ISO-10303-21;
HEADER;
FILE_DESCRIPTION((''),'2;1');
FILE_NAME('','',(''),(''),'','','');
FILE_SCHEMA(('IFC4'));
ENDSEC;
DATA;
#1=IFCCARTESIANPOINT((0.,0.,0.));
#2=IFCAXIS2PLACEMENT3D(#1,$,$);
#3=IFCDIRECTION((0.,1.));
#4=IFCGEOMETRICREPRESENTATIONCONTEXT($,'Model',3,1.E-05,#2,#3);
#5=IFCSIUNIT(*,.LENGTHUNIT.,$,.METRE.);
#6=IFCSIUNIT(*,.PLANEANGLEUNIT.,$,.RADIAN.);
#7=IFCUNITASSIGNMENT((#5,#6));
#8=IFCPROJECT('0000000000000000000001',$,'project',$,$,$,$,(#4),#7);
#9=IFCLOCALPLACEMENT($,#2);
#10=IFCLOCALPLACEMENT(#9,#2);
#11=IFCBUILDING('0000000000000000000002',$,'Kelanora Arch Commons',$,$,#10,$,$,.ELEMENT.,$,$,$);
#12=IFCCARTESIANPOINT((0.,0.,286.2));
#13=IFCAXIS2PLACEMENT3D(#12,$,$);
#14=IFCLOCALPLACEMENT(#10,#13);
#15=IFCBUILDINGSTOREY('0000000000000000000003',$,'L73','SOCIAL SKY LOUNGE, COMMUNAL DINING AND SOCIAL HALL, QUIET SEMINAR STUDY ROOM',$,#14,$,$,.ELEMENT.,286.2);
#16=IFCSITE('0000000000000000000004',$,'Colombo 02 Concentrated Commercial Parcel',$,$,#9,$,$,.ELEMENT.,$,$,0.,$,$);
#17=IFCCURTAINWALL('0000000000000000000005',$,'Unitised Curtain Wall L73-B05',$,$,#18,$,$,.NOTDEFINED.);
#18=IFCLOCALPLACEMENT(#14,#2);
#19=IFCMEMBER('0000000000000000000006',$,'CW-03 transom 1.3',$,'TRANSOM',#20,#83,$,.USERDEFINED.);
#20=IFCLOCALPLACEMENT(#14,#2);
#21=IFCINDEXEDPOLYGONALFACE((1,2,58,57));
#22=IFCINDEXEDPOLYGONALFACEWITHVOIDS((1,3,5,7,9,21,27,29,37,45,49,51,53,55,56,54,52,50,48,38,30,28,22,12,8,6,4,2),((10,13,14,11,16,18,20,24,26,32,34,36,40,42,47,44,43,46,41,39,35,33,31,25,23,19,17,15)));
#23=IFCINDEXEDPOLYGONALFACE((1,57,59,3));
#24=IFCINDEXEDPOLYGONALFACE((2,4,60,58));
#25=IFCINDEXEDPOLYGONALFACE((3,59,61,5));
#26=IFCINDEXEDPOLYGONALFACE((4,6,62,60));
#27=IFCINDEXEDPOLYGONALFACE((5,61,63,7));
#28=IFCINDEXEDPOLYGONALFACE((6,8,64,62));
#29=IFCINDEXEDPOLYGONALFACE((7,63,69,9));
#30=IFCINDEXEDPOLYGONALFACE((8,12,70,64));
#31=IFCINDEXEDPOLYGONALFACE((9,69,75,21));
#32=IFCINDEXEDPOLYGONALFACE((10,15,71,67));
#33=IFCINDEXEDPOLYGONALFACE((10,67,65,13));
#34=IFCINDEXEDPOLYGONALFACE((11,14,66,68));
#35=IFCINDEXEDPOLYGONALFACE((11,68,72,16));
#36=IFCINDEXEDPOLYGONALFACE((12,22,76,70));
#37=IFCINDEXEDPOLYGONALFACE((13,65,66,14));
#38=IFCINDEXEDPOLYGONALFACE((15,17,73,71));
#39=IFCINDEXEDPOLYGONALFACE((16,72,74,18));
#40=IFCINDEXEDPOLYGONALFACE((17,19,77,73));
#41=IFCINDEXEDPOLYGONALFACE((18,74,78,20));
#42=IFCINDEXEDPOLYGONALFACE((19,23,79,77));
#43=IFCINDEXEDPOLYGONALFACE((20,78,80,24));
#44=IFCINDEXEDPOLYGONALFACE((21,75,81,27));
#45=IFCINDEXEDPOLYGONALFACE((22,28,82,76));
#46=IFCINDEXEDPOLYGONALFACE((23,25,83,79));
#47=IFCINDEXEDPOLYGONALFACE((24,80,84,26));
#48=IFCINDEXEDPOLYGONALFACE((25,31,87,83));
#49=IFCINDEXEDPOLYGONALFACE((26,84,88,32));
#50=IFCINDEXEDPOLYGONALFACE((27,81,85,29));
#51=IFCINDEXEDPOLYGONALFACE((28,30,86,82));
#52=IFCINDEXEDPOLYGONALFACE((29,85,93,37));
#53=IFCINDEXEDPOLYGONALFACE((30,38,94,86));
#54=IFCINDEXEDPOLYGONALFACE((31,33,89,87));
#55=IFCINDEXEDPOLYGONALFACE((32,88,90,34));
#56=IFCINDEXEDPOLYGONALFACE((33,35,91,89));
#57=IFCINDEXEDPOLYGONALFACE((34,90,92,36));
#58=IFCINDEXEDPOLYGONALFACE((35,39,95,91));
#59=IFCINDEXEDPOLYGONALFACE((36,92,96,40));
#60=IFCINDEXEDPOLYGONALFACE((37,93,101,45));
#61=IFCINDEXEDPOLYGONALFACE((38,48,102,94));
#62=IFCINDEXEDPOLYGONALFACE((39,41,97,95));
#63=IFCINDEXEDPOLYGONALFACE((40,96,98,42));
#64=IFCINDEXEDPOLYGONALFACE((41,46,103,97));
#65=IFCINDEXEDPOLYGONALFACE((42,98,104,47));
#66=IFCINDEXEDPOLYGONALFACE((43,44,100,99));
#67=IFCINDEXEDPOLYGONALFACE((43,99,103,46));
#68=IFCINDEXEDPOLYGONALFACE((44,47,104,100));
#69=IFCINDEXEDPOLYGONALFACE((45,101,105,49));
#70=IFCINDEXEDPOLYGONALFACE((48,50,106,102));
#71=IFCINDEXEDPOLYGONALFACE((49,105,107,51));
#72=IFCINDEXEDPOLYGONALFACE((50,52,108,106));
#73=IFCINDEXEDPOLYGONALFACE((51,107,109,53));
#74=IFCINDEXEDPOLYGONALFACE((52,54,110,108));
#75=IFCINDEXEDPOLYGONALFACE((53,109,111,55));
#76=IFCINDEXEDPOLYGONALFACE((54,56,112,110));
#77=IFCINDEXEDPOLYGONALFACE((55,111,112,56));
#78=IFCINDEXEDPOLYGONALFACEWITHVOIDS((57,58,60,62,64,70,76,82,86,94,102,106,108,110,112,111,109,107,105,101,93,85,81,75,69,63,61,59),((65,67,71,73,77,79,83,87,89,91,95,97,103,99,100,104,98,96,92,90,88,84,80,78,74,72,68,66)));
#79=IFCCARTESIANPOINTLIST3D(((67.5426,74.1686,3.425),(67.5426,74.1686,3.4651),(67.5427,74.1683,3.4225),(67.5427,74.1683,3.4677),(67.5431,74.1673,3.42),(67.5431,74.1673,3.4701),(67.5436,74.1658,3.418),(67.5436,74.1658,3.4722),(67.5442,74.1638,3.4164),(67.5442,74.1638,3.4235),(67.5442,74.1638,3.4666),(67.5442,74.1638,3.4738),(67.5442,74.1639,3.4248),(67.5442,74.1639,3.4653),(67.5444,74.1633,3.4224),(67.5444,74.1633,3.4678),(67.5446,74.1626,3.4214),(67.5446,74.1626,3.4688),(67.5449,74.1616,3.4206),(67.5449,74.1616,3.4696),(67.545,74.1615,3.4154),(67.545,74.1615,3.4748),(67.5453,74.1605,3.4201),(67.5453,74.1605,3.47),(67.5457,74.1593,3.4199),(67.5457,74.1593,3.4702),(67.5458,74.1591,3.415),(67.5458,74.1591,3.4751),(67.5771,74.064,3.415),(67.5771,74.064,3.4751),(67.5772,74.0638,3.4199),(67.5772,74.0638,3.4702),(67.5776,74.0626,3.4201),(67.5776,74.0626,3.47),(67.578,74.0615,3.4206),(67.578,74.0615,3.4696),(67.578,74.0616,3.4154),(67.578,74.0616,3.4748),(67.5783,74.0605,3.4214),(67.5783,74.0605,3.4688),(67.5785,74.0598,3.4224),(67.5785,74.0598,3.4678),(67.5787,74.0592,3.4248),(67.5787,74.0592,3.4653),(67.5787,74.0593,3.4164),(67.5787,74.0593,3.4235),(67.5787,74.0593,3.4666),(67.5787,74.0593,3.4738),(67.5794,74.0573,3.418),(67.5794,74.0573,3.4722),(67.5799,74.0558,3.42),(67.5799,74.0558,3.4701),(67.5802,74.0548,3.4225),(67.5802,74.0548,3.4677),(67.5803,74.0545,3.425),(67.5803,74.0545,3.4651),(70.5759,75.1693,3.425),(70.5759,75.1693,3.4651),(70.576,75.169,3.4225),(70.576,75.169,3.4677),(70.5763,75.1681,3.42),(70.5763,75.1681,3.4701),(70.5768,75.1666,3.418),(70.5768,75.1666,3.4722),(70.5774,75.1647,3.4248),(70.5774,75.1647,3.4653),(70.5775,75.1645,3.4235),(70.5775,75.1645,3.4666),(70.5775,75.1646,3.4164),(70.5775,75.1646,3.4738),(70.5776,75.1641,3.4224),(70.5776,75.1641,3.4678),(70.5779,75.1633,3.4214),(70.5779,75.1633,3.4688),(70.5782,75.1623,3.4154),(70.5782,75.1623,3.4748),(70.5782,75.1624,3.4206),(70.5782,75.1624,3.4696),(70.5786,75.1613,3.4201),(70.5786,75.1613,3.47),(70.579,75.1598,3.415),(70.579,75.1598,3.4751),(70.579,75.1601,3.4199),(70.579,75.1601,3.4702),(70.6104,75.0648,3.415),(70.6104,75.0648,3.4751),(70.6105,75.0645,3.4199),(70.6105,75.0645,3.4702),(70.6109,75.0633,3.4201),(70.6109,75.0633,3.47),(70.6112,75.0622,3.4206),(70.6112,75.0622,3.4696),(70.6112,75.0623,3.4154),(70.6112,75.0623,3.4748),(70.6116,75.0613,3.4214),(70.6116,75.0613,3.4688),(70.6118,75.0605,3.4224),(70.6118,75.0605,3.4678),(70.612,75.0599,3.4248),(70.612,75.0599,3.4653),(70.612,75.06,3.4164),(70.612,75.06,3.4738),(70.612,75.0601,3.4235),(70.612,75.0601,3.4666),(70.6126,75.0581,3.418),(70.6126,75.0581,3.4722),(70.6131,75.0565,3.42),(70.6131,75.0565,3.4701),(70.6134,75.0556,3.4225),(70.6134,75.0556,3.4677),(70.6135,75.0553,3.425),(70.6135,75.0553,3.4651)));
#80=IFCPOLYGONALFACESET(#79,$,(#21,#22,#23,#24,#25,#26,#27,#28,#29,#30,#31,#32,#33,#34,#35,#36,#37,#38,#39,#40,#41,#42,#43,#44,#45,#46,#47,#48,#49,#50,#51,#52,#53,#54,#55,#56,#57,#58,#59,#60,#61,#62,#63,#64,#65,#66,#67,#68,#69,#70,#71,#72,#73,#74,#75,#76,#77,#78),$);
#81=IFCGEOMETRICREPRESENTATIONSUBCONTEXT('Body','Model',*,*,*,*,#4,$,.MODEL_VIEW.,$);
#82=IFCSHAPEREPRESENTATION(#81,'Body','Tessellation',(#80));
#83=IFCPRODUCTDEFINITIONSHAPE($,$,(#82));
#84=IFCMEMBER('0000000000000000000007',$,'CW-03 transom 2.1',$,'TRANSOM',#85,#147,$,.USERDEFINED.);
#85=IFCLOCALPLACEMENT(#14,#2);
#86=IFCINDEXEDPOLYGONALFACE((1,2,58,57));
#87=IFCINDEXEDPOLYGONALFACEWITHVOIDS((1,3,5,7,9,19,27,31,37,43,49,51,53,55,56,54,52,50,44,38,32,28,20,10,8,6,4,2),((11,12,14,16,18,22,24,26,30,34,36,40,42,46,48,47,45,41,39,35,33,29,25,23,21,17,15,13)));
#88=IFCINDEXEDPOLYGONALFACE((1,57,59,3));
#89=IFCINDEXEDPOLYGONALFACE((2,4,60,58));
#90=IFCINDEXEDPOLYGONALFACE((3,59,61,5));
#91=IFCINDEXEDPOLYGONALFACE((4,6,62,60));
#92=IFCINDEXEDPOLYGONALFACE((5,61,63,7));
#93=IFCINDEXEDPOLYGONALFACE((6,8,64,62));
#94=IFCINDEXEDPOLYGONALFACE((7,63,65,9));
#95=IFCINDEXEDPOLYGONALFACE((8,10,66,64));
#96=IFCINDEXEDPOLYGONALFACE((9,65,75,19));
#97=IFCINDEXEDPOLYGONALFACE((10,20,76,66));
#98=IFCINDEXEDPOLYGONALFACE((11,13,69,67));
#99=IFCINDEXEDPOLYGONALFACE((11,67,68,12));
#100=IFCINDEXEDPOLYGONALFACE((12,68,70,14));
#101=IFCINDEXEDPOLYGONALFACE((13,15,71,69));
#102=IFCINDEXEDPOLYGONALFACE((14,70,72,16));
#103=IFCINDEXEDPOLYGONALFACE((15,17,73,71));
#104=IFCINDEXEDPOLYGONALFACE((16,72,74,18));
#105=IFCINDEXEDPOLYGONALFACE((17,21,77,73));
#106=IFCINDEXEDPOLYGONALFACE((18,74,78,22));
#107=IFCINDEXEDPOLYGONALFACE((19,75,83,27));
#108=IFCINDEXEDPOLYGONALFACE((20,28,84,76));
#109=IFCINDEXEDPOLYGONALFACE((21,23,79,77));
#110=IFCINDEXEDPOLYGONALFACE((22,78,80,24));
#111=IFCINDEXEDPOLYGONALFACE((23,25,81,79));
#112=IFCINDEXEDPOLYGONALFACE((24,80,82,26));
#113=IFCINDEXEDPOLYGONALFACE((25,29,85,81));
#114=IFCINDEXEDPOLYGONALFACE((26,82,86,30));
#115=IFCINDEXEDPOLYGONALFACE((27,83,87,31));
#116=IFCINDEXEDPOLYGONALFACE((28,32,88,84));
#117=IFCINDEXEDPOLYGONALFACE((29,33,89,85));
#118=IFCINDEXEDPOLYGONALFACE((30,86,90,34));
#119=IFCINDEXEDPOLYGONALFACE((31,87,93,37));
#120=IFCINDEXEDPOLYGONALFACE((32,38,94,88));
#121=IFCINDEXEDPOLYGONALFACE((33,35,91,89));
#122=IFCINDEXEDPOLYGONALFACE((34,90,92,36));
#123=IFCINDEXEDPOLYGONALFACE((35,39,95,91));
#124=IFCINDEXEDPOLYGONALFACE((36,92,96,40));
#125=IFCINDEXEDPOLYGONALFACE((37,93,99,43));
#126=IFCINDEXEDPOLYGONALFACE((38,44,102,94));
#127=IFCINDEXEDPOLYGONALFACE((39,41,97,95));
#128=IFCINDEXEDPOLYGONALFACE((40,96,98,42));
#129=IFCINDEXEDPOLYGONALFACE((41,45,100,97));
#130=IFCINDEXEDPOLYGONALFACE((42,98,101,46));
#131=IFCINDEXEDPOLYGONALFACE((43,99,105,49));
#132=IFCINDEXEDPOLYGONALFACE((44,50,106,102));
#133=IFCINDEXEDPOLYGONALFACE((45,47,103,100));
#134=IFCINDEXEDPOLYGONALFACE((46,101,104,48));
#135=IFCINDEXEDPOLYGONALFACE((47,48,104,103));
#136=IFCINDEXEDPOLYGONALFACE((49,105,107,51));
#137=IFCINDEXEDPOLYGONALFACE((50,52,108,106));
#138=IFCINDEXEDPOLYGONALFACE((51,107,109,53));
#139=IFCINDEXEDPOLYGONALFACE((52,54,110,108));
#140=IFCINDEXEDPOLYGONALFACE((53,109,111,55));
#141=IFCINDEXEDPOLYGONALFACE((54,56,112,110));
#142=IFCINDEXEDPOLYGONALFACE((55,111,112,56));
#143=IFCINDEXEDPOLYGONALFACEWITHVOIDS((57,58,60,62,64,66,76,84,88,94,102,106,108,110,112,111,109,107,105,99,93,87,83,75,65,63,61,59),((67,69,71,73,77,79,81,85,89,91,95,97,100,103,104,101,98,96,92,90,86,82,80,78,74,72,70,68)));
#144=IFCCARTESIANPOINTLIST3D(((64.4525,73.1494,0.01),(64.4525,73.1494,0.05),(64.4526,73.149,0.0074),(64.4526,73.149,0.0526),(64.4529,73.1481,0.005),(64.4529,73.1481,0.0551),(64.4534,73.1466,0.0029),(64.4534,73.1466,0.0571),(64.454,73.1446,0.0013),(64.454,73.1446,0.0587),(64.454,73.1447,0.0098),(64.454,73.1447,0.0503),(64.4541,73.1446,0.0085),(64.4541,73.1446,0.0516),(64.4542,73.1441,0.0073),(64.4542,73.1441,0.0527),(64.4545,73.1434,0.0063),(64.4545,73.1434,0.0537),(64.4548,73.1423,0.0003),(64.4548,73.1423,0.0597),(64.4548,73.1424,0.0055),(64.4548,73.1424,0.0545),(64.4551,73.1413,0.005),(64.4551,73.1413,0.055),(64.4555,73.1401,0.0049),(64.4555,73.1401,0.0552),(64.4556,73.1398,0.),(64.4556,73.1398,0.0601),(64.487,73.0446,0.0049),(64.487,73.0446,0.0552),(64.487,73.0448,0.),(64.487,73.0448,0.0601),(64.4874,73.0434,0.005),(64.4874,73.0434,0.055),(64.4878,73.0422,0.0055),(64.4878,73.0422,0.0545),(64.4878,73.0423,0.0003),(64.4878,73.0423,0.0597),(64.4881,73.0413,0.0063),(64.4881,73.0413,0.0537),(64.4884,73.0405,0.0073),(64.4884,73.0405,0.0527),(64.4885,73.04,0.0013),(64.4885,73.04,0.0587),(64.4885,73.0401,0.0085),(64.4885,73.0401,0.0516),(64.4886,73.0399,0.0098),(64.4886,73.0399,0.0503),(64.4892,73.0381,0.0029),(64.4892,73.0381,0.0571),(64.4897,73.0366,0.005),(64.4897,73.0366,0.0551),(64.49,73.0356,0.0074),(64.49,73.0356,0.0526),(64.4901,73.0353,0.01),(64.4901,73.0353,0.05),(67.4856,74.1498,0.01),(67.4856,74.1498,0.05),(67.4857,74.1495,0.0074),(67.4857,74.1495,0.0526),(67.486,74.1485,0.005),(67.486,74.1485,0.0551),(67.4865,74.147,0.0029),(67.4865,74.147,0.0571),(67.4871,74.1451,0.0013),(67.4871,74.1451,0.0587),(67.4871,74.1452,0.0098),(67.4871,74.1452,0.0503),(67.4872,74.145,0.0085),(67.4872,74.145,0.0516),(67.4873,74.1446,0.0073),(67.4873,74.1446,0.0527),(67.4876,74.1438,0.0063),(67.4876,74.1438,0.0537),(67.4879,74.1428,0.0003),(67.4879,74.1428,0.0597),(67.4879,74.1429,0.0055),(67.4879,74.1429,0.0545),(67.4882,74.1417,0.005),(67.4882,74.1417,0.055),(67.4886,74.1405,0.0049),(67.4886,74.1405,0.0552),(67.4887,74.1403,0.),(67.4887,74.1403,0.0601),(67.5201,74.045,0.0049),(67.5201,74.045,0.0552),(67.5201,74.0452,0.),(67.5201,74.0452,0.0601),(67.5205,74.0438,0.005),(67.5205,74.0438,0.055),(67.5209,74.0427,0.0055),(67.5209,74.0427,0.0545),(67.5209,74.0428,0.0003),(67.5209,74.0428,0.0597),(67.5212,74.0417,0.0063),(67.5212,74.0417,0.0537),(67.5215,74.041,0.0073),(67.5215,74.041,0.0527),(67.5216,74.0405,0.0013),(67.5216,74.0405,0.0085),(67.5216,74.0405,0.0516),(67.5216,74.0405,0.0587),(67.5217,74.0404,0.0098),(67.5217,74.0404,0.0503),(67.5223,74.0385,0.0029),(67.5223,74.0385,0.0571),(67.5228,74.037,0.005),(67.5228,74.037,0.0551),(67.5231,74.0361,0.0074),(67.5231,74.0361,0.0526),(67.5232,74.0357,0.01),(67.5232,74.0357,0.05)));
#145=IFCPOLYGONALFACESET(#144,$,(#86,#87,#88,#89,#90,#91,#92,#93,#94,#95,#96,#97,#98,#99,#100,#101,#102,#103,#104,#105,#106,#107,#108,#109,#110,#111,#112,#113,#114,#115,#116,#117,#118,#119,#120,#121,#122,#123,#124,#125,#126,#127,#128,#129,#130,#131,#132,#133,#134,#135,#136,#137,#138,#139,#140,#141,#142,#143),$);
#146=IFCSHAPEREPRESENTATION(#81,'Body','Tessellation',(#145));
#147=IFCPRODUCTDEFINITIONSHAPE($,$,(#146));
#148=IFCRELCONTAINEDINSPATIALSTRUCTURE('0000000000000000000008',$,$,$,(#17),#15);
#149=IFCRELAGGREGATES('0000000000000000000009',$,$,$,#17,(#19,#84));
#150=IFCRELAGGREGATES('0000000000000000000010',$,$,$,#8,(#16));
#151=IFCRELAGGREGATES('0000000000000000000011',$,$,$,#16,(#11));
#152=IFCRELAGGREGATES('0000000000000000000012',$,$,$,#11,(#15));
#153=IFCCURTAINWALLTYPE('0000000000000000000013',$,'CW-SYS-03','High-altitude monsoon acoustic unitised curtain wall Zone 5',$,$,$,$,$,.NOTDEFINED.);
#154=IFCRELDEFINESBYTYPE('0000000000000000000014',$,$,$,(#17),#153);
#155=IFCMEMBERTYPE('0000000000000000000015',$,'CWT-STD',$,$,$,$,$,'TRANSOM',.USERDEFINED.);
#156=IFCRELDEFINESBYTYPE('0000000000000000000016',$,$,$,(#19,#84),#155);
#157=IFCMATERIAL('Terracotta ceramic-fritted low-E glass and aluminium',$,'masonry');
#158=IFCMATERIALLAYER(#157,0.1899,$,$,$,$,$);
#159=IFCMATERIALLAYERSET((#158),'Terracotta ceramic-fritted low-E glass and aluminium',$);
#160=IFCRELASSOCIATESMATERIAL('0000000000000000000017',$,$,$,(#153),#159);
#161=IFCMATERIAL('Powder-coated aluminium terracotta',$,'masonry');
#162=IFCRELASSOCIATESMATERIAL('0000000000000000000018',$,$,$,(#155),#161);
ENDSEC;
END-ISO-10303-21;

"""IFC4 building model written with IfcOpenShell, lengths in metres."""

from ifc_helpers import new_model, si_unit, direction, frame, origin, origin_2d, place, context, subcontext, project, spatial, hollow_rectangle, extrude, material, layer, layer_set, material_profile, profile_set, type_object, element, aggregate, save


model = new_model("IFC4")

# Units and contexts
model_context = context("Model", 3, precision=1e-05, world=origin(), true_north=direction((0.0, 1.0)))
body_context = subcontext(model_context, "Body", "Model", "MODEL_VIEW")
ifc_project = project(units=[si_unit("LENGTHUNIT", "METRE"), si_unit("PLANEANGLEUNIT", "RADIAN")], contexts=[model_context])

# Site, building, storey
site_placement = place(None, origin())
site = spatial("IfcSite", under=ifc_project, at=site_placement, Name="Colombo 02 Concentrated Commercial Parcel", CompositionType="ELEMENT", RefElevation=0.0)
building_placement = place(site_placement, origin())
building = spatial("IfcBuilding", under=site, at=building_placement, Name="Kelanora Arch Commons", CompositionType="ELEMENT")
storey_placement = place(building_placement, frame((0.0, 0.0, 286.2)))
storey = spatial("IfcBuildingStorey", under=building, at=storey_placement, Name="L73", Description="SOCIAL SKY LOUNGE, COMMUNAL DINING AND SOCIAL HALL, QUIET SEMINAR STUDY ROOM", CompositionType="ELEMENT", Elevation=286.2)

# Curtain wall, members
ifc_material_1 = material(Name="Terracotta ceramic-fritted low-E glass and aluminium", Category="masonry")
ifc_layer_1 = layer(ifc_material_1, 0.1899)
ifc_layer_set_1 = layer_set([ifc_layer_1], Name="Terracotta ceramic-fritted low-E glass and aluminium")
curtain_wall_type = type_object("IfcCurtainWallType", Name="CW-SYS-03", Description="High-altitude monsoon acoustic unitised curtain wall Zone 5", PredefinedType="NOTDEFINED", material=ifc_layer_set_1)
curtain_wall_placement = place(storey_placement, origin())
curtain_wall = element("IfcCurtainWall", 1, at=curtain_wall_placement, inside=storey, type_object=curtain_wall_type, Name="Unitised Curtain Wall L73-B05", PredefinedType="NOTDEFINED")
ifc_material_2 = material(Name="Powder-coated aluminium terracotta", Category="masonry")
ifc_material_profile_1 = material_profile(ifc_material_2, hollow_rectangle(XDim=0.1201, YDim=0.0601, WallThickness=0.0049, InnerFilletRadius=0.0049, OuterFilletRadius=0.01, at=origin_2d()), Name="CWT120x60")
ifc_profile_set_1 = profile_set([ifc_material_profile_1], Name="Powder-coated aluminium terracotta")
member_type_1 = type_object("IfcMemberType", Name="CWT-STD", ElementType="TRANSOM", PredefinedType="USERDEFINED", material=ifc_profile_set_1)
member_1_placement = place(storey_placement, frame((70.5947, 75.1123, 3.4451), z_axis=(-0.94965, -0.313314, 0.0), x_axis=(0.313314, -0.94965, 0.0)))
member_1 = element("IfcMember", 2, at=member_1_placement, type_object=member_type_1, Name="CW-03 transom 1.3", ObjectType="TRANSOM", PredefinedType="USERDEFINED", context=body_context, shape_type="SweptSolid", body=[
    extrude(hollow_rectangle(XDim=0.1201, YDim=0.0601, WallThickness=0.0049, InnerFilletRadius=0.0049, OuterFilletRadius=0.01, at=origin_2d()), origin(), (0.0, 0.0, 1.0), 3.1941),
])
member_2_placement = place(storey_placement, frame((67.5044, 74.0928, 0.03), z_axis=(-0.949672, -0.313245, 0.0), x_axis=(0.313245, -0.949672, 0.0)))
member_2 = element("IfcMember", 3, at=member_2_placement, type_object=member_type_1, Name="CW-03 transom 2.1", ObjectType="TRANSOM", PredefinedType="USERDEFINED", context=body_context, shape_type="SweptSolid", body=[
    extrude(hollow_rectangle(XDim=0.1201, YDim=0.0601, WallThickness=0.0049, InnerFilletRadius=0.0049, OuterFilletRadius=0.01, at=origin_2d()), origin(), (0.0, 0.0, 1.0), 3.1938),
])
aggregate(curtain_wall, [member_1, member_2])

save(model, "model.ifc")
